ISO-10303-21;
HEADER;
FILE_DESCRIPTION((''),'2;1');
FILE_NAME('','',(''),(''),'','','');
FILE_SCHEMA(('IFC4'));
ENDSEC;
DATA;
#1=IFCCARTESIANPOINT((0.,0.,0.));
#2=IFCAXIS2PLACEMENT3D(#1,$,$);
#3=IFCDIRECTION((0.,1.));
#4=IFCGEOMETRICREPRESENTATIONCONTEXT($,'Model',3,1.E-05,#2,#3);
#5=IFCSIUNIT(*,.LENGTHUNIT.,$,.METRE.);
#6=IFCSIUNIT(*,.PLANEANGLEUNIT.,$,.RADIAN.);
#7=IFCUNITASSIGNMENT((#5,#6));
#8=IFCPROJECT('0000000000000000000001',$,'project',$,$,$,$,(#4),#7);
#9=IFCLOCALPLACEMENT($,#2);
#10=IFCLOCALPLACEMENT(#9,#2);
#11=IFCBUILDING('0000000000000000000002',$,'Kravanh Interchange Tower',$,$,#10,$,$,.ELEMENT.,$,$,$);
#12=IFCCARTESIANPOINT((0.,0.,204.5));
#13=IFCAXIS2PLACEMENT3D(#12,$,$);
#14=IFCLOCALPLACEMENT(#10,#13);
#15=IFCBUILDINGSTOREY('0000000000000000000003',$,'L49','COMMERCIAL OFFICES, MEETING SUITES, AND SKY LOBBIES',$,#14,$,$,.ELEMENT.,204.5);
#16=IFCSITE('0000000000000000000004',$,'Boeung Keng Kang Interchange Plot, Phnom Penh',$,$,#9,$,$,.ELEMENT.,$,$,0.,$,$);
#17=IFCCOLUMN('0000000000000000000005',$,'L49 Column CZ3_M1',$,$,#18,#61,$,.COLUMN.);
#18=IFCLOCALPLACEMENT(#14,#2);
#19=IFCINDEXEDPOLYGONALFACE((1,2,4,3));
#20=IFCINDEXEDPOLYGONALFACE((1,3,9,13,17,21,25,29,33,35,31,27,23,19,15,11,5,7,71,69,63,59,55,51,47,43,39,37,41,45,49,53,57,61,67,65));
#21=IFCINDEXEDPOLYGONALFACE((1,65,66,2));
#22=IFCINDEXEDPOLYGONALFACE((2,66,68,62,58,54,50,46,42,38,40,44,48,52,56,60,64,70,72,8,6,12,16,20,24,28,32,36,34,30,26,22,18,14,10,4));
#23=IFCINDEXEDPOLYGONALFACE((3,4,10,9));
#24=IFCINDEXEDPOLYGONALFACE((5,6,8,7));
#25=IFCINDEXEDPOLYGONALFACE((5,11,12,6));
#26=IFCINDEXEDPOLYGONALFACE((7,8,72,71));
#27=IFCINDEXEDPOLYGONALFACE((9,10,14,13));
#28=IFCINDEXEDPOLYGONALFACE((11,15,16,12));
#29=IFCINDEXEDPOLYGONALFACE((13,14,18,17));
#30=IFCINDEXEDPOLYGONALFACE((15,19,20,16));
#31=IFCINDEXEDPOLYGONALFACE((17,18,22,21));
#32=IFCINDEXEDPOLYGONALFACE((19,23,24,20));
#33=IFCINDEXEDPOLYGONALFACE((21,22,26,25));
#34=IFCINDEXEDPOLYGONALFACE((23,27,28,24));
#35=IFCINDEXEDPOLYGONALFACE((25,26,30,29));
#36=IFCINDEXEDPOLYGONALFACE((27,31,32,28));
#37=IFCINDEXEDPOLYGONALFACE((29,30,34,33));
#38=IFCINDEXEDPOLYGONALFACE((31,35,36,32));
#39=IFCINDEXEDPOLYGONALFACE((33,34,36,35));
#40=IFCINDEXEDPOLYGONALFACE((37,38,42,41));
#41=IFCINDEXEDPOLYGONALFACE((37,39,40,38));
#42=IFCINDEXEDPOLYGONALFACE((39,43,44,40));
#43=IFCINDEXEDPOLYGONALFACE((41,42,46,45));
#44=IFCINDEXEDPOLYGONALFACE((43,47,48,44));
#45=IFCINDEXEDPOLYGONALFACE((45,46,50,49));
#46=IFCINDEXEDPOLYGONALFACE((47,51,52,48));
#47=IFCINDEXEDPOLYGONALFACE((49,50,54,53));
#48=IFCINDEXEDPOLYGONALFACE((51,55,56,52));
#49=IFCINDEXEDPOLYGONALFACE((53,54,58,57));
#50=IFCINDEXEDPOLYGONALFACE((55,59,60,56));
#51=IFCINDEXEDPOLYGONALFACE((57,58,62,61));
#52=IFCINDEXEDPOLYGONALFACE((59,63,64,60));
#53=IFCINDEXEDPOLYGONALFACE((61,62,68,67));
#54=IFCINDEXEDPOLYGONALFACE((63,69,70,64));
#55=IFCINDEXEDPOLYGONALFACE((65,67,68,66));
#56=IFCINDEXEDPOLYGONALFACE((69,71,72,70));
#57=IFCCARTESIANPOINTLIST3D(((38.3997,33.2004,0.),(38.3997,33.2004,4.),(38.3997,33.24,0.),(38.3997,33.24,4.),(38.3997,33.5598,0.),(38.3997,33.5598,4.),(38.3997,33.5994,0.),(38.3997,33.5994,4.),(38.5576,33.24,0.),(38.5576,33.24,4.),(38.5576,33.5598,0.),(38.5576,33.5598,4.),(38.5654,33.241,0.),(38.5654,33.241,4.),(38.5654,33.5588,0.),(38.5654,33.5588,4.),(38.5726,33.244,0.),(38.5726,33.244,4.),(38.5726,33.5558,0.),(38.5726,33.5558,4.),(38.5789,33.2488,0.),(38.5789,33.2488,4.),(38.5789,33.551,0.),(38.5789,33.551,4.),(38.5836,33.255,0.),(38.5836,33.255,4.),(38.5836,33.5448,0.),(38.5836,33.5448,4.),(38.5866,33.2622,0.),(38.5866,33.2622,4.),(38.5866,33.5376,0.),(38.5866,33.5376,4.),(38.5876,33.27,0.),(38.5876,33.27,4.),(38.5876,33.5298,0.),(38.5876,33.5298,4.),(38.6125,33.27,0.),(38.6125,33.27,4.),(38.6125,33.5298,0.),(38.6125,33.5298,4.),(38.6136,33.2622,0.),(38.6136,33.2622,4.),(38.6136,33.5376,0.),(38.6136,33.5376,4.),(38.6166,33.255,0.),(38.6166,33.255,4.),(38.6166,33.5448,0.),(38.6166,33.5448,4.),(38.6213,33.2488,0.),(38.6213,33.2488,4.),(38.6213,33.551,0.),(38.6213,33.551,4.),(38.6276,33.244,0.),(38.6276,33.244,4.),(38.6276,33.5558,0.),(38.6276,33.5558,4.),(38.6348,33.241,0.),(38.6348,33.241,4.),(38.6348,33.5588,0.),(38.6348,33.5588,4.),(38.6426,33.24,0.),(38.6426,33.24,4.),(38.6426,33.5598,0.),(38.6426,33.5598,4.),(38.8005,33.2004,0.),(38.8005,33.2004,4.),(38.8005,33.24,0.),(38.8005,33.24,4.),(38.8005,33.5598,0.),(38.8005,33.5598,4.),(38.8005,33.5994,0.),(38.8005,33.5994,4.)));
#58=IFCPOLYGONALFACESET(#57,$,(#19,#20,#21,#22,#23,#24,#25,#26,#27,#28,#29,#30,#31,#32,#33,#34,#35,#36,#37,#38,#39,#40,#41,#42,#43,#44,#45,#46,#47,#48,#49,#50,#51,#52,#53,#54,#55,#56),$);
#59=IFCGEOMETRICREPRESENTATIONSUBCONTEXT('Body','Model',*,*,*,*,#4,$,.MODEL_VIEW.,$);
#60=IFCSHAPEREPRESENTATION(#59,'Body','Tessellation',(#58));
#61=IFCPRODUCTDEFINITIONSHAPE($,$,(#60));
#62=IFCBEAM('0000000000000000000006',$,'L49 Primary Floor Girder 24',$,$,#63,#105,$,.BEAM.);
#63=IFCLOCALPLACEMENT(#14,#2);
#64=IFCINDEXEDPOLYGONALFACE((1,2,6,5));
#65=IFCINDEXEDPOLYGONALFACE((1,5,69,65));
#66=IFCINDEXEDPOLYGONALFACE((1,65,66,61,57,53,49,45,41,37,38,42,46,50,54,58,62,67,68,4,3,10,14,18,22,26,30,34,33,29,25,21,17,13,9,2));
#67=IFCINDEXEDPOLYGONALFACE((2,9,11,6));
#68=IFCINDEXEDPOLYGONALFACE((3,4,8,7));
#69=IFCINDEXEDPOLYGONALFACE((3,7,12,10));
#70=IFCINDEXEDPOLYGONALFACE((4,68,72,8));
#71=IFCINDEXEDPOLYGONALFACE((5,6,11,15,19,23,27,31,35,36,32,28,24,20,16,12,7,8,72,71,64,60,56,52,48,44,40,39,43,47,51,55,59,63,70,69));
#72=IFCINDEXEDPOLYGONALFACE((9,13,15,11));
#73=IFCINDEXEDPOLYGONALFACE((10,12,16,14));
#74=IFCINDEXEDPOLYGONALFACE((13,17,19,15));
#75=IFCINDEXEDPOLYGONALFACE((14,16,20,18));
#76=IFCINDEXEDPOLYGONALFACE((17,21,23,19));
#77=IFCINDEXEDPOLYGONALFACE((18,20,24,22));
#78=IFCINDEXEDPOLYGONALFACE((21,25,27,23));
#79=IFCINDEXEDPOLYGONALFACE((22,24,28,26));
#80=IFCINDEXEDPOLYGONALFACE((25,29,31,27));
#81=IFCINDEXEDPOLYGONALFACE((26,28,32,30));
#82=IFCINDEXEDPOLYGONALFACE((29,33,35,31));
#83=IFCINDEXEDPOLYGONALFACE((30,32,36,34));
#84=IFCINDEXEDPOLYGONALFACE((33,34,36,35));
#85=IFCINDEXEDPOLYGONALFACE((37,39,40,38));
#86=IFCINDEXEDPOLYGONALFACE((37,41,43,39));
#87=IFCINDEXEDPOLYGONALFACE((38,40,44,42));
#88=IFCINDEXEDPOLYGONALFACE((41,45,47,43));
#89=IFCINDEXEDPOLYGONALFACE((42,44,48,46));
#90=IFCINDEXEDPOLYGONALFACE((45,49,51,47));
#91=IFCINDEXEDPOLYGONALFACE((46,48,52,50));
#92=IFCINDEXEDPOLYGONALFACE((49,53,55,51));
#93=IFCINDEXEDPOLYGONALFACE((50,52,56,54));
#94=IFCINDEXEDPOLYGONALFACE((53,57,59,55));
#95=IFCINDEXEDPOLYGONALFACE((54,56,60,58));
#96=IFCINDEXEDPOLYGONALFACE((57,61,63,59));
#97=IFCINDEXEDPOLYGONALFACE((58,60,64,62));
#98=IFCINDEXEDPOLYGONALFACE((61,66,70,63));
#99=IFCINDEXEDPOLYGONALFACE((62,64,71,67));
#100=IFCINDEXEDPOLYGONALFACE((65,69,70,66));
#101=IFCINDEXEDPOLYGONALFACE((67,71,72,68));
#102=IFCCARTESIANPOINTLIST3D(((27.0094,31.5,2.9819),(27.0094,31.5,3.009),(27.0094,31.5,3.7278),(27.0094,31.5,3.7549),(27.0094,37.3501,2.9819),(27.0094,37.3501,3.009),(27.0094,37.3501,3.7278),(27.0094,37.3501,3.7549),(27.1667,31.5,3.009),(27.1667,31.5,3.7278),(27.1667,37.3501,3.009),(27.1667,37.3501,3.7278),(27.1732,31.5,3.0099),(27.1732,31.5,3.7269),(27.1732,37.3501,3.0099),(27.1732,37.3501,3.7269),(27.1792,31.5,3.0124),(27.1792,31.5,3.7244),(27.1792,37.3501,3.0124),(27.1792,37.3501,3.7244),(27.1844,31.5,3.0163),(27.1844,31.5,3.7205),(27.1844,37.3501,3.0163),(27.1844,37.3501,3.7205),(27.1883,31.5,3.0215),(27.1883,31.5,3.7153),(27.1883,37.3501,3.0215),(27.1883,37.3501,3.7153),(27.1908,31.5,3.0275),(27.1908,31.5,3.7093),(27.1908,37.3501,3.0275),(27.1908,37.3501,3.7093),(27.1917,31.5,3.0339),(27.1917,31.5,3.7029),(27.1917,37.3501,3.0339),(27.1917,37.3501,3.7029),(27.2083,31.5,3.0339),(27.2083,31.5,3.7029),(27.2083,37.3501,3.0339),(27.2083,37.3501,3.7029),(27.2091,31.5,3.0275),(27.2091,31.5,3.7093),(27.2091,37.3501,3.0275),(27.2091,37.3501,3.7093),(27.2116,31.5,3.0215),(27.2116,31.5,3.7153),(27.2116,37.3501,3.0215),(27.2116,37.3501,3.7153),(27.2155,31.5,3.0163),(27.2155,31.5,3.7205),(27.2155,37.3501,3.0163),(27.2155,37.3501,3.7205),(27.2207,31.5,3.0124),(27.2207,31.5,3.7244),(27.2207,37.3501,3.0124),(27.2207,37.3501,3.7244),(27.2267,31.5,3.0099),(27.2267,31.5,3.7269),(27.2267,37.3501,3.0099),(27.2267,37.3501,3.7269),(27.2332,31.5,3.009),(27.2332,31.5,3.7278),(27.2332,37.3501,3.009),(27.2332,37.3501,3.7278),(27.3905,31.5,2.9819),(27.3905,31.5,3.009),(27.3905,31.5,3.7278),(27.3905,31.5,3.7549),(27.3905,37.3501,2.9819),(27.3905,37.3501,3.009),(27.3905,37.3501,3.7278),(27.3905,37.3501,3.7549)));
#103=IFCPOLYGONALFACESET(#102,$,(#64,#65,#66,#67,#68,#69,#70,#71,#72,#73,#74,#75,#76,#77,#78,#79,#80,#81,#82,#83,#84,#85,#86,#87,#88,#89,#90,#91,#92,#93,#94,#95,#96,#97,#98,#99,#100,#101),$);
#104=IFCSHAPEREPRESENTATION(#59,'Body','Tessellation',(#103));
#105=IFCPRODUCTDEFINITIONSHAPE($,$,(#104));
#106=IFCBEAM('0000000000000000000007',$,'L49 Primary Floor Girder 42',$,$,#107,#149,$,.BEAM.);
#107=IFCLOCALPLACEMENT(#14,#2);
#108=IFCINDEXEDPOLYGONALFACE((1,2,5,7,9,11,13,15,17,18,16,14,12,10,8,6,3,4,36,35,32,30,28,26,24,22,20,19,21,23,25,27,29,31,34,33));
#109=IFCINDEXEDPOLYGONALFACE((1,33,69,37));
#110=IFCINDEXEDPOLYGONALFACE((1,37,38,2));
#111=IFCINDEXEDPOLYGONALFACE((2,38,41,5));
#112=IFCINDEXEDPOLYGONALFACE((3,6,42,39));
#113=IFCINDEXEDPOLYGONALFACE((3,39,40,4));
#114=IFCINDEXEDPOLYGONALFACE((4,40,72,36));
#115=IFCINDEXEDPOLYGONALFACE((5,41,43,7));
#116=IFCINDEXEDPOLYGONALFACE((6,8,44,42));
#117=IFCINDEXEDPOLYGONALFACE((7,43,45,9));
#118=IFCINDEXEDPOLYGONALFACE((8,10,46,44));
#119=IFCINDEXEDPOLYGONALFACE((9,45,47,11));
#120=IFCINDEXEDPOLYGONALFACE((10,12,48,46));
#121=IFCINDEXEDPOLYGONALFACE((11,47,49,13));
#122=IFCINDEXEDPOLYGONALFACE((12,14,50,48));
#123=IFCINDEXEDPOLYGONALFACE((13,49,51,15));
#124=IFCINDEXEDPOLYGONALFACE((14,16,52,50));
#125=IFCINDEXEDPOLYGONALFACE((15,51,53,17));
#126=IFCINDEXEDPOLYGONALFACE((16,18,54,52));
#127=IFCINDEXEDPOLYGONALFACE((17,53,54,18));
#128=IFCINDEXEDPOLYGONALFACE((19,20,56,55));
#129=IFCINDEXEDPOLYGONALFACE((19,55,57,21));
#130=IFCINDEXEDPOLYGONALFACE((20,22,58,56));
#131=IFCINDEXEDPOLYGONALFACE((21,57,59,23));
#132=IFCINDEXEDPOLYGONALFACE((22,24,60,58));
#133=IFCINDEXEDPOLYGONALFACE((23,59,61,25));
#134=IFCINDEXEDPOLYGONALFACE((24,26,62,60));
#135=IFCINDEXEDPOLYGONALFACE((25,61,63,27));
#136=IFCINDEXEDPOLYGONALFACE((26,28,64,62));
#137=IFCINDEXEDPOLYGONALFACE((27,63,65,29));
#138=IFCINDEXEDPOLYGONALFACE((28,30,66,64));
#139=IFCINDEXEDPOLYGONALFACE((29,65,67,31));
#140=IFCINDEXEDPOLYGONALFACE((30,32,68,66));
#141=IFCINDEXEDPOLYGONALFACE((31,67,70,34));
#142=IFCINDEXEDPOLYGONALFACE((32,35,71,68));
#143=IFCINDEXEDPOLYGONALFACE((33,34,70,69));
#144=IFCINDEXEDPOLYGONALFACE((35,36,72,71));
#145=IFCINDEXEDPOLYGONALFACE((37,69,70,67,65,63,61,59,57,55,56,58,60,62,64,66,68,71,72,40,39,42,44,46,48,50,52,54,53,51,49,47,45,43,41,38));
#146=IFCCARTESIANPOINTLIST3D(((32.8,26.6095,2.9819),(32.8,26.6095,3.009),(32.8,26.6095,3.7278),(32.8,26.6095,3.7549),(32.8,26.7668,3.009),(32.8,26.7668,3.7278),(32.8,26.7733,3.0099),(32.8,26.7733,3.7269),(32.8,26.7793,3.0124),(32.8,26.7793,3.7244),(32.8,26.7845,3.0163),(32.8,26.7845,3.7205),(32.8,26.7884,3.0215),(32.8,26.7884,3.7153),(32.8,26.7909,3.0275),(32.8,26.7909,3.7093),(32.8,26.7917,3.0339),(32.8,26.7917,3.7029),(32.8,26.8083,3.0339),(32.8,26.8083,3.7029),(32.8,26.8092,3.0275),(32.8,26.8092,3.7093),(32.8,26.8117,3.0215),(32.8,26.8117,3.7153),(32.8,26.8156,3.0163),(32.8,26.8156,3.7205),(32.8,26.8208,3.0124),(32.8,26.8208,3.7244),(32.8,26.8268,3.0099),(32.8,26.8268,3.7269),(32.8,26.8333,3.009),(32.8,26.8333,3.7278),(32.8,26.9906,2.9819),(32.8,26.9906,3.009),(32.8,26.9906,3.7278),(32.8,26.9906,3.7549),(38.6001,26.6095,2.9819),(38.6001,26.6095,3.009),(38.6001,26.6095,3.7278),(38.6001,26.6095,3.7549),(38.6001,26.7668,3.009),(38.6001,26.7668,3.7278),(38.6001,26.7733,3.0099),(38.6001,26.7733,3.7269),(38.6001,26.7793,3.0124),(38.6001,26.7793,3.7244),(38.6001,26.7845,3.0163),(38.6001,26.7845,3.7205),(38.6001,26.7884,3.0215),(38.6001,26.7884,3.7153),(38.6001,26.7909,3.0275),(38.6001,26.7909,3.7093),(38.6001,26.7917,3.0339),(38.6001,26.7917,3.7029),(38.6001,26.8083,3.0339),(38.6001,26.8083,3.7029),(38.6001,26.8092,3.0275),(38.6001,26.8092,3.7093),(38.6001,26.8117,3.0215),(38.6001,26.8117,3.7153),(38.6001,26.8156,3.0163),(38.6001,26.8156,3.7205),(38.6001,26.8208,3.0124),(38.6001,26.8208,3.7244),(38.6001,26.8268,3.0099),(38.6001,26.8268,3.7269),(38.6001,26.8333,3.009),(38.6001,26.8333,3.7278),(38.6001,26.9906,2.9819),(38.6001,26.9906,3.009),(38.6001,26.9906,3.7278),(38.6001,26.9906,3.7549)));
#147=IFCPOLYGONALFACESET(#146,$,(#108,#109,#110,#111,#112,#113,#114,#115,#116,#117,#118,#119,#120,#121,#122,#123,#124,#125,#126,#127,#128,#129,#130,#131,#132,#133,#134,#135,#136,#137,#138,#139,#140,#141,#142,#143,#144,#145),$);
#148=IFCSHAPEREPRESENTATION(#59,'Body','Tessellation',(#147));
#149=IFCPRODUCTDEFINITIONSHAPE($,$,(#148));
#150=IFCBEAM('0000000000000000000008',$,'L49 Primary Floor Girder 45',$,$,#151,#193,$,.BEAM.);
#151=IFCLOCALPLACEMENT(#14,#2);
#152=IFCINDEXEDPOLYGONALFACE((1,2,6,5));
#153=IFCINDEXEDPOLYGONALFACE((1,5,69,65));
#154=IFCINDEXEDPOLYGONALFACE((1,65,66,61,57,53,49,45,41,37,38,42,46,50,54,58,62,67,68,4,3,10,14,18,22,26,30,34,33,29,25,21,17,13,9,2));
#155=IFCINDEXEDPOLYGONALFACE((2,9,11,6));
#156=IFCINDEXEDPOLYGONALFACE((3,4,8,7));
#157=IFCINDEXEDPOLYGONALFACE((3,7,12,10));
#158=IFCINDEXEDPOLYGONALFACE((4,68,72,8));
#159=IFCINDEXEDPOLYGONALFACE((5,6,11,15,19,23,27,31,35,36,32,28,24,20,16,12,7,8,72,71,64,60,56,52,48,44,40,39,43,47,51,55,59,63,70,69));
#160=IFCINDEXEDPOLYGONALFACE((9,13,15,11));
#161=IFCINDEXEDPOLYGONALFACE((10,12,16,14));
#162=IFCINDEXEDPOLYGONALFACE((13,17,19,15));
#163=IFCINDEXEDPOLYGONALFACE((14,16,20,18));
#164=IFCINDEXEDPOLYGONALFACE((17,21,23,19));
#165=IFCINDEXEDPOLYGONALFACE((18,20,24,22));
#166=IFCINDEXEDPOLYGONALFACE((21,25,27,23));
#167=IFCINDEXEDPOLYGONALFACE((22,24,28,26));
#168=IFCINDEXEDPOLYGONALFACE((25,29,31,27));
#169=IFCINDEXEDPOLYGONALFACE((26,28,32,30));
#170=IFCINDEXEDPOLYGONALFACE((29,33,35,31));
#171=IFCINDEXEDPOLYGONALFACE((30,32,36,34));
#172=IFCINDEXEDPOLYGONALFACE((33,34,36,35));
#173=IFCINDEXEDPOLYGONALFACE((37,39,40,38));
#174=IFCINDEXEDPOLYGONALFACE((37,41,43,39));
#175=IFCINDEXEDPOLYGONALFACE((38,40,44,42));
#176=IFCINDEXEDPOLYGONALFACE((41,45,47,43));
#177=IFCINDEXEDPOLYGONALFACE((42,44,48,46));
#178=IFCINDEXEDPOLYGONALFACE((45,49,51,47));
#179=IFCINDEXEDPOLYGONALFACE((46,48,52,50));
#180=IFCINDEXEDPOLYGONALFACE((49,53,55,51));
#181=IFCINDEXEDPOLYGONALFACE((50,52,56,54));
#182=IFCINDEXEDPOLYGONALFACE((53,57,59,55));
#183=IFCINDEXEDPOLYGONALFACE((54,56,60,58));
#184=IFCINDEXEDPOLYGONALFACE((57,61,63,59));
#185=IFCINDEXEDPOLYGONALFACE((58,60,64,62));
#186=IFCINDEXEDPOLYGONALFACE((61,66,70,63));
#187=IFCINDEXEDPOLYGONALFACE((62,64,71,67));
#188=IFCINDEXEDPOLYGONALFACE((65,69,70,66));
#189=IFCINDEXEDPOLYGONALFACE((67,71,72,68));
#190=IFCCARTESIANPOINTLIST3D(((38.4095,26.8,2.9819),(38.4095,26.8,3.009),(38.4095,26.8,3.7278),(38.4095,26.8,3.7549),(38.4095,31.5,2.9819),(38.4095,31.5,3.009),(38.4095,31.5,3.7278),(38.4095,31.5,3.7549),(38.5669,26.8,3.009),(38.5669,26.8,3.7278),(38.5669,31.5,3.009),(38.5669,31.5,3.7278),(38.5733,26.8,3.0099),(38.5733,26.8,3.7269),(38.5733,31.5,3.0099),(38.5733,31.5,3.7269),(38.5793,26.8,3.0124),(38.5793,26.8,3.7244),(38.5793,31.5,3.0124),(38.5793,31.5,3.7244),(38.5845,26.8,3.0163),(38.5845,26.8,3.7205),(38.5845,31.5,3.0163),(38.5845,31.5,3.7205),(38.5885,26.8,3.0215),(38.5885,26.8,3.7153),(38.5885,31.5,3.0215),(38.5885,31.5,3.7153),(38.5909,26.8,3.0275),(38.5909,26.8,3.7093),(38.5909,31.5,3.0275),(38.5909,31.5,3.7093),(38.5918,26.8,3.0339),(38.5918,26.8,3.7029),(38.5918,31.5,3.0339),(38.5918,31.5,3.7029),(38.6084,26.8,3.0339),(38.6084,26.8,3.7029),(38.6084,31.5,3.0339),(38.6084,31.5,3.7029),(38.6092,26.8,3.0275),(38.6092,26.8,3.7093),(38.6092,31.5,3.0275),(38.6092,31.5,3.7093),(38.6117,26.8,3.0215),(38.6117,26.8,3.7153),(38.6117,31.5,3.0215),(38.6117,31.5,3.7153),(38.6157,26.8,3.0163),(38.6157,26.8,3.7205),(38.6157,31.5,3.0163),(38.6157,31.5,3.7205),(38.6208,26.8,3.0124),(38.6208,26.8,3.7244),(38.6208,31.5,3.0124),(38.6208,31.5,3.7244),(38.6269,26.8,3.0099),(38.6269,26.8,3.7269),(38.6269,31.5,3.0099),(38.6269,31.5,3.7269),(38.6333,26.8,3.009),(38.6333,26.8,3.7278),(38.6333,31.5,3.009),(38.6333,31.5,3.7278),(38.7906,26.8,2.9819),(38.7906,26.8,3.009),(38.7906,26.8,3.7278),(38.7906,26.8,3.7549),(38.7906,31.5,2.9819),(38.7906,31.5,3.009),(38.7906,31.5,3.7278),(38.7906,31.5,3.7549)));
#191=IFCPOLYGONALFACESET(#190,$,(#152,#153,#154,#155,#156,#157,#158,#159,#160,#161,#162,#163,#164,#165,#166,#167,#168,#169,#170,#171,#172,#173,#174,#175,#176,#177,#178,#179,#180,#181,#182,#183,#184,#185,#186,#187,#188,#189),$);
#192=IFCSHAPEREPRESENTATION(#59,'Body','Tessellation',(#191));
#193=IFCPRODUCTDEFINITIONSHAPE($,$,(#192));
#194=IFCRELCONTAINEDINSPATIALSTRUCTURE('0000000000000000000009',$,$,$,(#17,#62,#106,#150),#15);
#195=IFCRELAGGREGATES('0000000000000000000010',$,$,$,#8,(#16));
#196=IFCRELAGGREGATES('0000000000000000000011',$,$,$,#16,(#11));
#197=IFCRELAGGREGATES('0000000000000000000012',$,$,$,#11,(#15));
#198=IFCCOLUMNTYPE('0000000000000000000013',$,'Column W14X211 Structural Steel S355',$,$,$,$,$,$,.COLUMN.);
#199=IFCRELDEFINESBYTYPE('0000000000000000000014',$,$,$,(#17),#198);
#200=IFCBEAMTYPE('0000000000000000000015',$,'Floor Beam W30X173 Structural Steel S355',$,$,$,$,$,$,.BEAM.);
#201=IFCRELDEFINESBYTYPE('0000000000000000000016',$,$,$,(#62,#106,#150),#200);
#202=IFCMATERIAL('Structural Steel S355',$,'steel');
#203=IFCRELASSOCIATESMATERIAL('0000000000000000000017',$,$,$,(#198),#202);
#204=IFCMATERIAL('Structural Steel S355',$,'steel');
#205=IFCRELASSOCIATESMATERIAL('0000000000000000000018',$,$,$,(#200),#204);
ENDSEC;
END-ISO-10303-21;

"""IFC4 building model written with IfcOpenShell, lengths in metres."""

from ifc_helpers import new_model, si_unit, direction, frame, origin, origin_2d, place, context, subcontext, project, spatial, i_section, extrude, material, material_profile, profile_set, type_object, element, save


model = new_model("IFC4")

# Units and contexts
model_context = context("Model", 3, precision=1e-05, world=origin(), true_north=direction((0.0, 1.0)))
body_context = subcontext(model_context, "Body", "Model", "MODEL_VIEW")
ifc_project = project(units=[si_unit("LENGTHUNIT", "METRE"), si_unit("PLANEANGLEUNIT", "RADIAN")], contexts=[model_context])

# Site, building, storey
site_placement = place(None, origin())
site = spatial("IfcSite", under=ifc_project, at=site_placement, Name="Boeung Keng Kang Interchange Plot, Phnom Penh", CompositionType="ELEMENT", RefElevation=0.0)
building_placement = place(site_placement, origin())
building = spatial("IfcBuilding", under=site, at=building_placement, Name="Kravanh Interchange Tower", CompositionType="ELEMENT")
storey_placement = place(building_placement, frame((0.0, 0.0, 204.5)))
storey = spatial("IfcBuildingStorey", under=building, at=storey_placement, Name="L49", Description="COMMERCIAL OFFICES, MEETING SUITES, AND SKY LOBBIES", CompositionType="ELEMENT", Elevation=204.5)

# Column
ifc_material_1 = material(Name="Structural Steel S355", Category="steel")
ifc_material_profile_1 = material_profile(ifc_material_1, i_section(OverallWidth=0.4009, OverallDepth=0.3989, WebThickness=0.0249, FlangeThickness=0.0396, FilletRadius=0.03, at=origin_2d()), Name="W14X211")
ifc_profile_set_1 = profile_set([ifc_material_profile_1], Name="Structural Steel S355")
column_type_1 = type_object("IfcColumnType", Name="Column W14X211 Structural Steel S355", PredefinedType="COLUMN", material=ifc_profile_set_1)
for number, where, z_axis, x_axis, name in (
    (1, (38.6001, 33.3999, 0.0), (0.0, 0.0, 1.0), (1.0, 0.0, 0.0), "L49 Column CZ3_M1"),
):
    element("IfcColumn", number, at=place(storey_placement, frame(where, z_axis=z_axis, x_axis=x_axis)), inside=storey, type_object=column_type_1, Name=name, PredefinedType="COLUMN", context=body_context, shape_type="SweptSolid", body=[
        extrude(i_section(OverallWidth=0.4009, OverallDepth=0.3989, WebThickness=0.0249, FlangeThickness=0.0396, FilletRadius=0.03, at=origin_2d()), origin(), (0.0, 0.0, 1.0), 4.0),
    ])

# Beams
ifc_material_2 = material(Name="Structural Steel S355", Category="steel")
ifc_material_profile_2 = material_profile(ifc_material_2, i_section(OverallWidth=0.3811, OverallDepth=0.7729, WebThickness=0.0166, FlangeThickness=0.0271, FilletRadius=0.0249, at=origin_2d()), Name="W30X173")
ifc_profile_set_2 = profile_set([ifc_material_profile_2], Name="Structural Steel S355")
beam_type_1 = type_object("IfcBeamType", Name="Floor Beam W30X173 Structural Steel S355", PredefinedType="BEAM", material=ifc_profile_set_2)
beam_1_placement = place(storey_placement, frame((27.2, 37.3501, 3.3684), z_axis=(0.0, -1.0, 0.0), x_axis=(1.0, 0.0, 0.0)))
element("IfcBeam", 2, at=beam_1_placement, inside=storey, type_object=beam_type_1, Name="L49 Primary Floor Girder 24", PredefinedType="BEAM", context=body_context, shape_type="SweptSolid", body=[
    extrude(i_section(OverallWidth=0.3811, OverallDepth=0.7729, WebThickness=0.0166, FlangeThickness=0.0271, FilletRadius=0.0249, at=origin_2d()), origin(), (0.0, 0.0, 1.0), 5.8501),
])
beam_2_placement = place(storey_placement, frame((32.8, 26.8, 3.3684), z_axis=(1.0, 0.0, 0.0), x_axis=(0.0, 1.0, 0.0)))
element("IfcBeam", 3, at=beam_2_placement, inside=storey, type_object=beam_type_1, Name="L49 Primary Floor Girder 42", PredefinedType="BEAM", context=body_context, shape_type="SweptSolid", body=[
    extrude(i_section(OverallWidth=0.3811, OverallDepth=0.7729, WebThickness=0.0166, FlangeThickness=0.0271, FilletRadius=0.0249, at=origin_2d()), origin(), (0.0, 0.0, 1.0), 5.8),
])
beam_3_placement = place(storey_placement, frame((38.6001, 26.8, 3.3684), z_axis=(0.0, 1.0, 0.0), x_axis=(-1.0, 0.0, 0.0)))
element("IfcBeam", 4, at=beam_3_placement, inside=storey, type_object=beam_type_1, Name="L49 Primary Floor Girder 45", PredefinedType="BEAM", context=body_context, shape_type="SweptSolid", body=[
    extrude(i_section(OverallWidth=0.3811, OverallDepth=0.7729, WebThickness=0.0166, FlangeThickness=0.0271, FilletRadius=0.0249, at=origin_2d()), origin(), (0.0, 0.0, 1.0), 4.7),
])

save(model, "model.ifc")
